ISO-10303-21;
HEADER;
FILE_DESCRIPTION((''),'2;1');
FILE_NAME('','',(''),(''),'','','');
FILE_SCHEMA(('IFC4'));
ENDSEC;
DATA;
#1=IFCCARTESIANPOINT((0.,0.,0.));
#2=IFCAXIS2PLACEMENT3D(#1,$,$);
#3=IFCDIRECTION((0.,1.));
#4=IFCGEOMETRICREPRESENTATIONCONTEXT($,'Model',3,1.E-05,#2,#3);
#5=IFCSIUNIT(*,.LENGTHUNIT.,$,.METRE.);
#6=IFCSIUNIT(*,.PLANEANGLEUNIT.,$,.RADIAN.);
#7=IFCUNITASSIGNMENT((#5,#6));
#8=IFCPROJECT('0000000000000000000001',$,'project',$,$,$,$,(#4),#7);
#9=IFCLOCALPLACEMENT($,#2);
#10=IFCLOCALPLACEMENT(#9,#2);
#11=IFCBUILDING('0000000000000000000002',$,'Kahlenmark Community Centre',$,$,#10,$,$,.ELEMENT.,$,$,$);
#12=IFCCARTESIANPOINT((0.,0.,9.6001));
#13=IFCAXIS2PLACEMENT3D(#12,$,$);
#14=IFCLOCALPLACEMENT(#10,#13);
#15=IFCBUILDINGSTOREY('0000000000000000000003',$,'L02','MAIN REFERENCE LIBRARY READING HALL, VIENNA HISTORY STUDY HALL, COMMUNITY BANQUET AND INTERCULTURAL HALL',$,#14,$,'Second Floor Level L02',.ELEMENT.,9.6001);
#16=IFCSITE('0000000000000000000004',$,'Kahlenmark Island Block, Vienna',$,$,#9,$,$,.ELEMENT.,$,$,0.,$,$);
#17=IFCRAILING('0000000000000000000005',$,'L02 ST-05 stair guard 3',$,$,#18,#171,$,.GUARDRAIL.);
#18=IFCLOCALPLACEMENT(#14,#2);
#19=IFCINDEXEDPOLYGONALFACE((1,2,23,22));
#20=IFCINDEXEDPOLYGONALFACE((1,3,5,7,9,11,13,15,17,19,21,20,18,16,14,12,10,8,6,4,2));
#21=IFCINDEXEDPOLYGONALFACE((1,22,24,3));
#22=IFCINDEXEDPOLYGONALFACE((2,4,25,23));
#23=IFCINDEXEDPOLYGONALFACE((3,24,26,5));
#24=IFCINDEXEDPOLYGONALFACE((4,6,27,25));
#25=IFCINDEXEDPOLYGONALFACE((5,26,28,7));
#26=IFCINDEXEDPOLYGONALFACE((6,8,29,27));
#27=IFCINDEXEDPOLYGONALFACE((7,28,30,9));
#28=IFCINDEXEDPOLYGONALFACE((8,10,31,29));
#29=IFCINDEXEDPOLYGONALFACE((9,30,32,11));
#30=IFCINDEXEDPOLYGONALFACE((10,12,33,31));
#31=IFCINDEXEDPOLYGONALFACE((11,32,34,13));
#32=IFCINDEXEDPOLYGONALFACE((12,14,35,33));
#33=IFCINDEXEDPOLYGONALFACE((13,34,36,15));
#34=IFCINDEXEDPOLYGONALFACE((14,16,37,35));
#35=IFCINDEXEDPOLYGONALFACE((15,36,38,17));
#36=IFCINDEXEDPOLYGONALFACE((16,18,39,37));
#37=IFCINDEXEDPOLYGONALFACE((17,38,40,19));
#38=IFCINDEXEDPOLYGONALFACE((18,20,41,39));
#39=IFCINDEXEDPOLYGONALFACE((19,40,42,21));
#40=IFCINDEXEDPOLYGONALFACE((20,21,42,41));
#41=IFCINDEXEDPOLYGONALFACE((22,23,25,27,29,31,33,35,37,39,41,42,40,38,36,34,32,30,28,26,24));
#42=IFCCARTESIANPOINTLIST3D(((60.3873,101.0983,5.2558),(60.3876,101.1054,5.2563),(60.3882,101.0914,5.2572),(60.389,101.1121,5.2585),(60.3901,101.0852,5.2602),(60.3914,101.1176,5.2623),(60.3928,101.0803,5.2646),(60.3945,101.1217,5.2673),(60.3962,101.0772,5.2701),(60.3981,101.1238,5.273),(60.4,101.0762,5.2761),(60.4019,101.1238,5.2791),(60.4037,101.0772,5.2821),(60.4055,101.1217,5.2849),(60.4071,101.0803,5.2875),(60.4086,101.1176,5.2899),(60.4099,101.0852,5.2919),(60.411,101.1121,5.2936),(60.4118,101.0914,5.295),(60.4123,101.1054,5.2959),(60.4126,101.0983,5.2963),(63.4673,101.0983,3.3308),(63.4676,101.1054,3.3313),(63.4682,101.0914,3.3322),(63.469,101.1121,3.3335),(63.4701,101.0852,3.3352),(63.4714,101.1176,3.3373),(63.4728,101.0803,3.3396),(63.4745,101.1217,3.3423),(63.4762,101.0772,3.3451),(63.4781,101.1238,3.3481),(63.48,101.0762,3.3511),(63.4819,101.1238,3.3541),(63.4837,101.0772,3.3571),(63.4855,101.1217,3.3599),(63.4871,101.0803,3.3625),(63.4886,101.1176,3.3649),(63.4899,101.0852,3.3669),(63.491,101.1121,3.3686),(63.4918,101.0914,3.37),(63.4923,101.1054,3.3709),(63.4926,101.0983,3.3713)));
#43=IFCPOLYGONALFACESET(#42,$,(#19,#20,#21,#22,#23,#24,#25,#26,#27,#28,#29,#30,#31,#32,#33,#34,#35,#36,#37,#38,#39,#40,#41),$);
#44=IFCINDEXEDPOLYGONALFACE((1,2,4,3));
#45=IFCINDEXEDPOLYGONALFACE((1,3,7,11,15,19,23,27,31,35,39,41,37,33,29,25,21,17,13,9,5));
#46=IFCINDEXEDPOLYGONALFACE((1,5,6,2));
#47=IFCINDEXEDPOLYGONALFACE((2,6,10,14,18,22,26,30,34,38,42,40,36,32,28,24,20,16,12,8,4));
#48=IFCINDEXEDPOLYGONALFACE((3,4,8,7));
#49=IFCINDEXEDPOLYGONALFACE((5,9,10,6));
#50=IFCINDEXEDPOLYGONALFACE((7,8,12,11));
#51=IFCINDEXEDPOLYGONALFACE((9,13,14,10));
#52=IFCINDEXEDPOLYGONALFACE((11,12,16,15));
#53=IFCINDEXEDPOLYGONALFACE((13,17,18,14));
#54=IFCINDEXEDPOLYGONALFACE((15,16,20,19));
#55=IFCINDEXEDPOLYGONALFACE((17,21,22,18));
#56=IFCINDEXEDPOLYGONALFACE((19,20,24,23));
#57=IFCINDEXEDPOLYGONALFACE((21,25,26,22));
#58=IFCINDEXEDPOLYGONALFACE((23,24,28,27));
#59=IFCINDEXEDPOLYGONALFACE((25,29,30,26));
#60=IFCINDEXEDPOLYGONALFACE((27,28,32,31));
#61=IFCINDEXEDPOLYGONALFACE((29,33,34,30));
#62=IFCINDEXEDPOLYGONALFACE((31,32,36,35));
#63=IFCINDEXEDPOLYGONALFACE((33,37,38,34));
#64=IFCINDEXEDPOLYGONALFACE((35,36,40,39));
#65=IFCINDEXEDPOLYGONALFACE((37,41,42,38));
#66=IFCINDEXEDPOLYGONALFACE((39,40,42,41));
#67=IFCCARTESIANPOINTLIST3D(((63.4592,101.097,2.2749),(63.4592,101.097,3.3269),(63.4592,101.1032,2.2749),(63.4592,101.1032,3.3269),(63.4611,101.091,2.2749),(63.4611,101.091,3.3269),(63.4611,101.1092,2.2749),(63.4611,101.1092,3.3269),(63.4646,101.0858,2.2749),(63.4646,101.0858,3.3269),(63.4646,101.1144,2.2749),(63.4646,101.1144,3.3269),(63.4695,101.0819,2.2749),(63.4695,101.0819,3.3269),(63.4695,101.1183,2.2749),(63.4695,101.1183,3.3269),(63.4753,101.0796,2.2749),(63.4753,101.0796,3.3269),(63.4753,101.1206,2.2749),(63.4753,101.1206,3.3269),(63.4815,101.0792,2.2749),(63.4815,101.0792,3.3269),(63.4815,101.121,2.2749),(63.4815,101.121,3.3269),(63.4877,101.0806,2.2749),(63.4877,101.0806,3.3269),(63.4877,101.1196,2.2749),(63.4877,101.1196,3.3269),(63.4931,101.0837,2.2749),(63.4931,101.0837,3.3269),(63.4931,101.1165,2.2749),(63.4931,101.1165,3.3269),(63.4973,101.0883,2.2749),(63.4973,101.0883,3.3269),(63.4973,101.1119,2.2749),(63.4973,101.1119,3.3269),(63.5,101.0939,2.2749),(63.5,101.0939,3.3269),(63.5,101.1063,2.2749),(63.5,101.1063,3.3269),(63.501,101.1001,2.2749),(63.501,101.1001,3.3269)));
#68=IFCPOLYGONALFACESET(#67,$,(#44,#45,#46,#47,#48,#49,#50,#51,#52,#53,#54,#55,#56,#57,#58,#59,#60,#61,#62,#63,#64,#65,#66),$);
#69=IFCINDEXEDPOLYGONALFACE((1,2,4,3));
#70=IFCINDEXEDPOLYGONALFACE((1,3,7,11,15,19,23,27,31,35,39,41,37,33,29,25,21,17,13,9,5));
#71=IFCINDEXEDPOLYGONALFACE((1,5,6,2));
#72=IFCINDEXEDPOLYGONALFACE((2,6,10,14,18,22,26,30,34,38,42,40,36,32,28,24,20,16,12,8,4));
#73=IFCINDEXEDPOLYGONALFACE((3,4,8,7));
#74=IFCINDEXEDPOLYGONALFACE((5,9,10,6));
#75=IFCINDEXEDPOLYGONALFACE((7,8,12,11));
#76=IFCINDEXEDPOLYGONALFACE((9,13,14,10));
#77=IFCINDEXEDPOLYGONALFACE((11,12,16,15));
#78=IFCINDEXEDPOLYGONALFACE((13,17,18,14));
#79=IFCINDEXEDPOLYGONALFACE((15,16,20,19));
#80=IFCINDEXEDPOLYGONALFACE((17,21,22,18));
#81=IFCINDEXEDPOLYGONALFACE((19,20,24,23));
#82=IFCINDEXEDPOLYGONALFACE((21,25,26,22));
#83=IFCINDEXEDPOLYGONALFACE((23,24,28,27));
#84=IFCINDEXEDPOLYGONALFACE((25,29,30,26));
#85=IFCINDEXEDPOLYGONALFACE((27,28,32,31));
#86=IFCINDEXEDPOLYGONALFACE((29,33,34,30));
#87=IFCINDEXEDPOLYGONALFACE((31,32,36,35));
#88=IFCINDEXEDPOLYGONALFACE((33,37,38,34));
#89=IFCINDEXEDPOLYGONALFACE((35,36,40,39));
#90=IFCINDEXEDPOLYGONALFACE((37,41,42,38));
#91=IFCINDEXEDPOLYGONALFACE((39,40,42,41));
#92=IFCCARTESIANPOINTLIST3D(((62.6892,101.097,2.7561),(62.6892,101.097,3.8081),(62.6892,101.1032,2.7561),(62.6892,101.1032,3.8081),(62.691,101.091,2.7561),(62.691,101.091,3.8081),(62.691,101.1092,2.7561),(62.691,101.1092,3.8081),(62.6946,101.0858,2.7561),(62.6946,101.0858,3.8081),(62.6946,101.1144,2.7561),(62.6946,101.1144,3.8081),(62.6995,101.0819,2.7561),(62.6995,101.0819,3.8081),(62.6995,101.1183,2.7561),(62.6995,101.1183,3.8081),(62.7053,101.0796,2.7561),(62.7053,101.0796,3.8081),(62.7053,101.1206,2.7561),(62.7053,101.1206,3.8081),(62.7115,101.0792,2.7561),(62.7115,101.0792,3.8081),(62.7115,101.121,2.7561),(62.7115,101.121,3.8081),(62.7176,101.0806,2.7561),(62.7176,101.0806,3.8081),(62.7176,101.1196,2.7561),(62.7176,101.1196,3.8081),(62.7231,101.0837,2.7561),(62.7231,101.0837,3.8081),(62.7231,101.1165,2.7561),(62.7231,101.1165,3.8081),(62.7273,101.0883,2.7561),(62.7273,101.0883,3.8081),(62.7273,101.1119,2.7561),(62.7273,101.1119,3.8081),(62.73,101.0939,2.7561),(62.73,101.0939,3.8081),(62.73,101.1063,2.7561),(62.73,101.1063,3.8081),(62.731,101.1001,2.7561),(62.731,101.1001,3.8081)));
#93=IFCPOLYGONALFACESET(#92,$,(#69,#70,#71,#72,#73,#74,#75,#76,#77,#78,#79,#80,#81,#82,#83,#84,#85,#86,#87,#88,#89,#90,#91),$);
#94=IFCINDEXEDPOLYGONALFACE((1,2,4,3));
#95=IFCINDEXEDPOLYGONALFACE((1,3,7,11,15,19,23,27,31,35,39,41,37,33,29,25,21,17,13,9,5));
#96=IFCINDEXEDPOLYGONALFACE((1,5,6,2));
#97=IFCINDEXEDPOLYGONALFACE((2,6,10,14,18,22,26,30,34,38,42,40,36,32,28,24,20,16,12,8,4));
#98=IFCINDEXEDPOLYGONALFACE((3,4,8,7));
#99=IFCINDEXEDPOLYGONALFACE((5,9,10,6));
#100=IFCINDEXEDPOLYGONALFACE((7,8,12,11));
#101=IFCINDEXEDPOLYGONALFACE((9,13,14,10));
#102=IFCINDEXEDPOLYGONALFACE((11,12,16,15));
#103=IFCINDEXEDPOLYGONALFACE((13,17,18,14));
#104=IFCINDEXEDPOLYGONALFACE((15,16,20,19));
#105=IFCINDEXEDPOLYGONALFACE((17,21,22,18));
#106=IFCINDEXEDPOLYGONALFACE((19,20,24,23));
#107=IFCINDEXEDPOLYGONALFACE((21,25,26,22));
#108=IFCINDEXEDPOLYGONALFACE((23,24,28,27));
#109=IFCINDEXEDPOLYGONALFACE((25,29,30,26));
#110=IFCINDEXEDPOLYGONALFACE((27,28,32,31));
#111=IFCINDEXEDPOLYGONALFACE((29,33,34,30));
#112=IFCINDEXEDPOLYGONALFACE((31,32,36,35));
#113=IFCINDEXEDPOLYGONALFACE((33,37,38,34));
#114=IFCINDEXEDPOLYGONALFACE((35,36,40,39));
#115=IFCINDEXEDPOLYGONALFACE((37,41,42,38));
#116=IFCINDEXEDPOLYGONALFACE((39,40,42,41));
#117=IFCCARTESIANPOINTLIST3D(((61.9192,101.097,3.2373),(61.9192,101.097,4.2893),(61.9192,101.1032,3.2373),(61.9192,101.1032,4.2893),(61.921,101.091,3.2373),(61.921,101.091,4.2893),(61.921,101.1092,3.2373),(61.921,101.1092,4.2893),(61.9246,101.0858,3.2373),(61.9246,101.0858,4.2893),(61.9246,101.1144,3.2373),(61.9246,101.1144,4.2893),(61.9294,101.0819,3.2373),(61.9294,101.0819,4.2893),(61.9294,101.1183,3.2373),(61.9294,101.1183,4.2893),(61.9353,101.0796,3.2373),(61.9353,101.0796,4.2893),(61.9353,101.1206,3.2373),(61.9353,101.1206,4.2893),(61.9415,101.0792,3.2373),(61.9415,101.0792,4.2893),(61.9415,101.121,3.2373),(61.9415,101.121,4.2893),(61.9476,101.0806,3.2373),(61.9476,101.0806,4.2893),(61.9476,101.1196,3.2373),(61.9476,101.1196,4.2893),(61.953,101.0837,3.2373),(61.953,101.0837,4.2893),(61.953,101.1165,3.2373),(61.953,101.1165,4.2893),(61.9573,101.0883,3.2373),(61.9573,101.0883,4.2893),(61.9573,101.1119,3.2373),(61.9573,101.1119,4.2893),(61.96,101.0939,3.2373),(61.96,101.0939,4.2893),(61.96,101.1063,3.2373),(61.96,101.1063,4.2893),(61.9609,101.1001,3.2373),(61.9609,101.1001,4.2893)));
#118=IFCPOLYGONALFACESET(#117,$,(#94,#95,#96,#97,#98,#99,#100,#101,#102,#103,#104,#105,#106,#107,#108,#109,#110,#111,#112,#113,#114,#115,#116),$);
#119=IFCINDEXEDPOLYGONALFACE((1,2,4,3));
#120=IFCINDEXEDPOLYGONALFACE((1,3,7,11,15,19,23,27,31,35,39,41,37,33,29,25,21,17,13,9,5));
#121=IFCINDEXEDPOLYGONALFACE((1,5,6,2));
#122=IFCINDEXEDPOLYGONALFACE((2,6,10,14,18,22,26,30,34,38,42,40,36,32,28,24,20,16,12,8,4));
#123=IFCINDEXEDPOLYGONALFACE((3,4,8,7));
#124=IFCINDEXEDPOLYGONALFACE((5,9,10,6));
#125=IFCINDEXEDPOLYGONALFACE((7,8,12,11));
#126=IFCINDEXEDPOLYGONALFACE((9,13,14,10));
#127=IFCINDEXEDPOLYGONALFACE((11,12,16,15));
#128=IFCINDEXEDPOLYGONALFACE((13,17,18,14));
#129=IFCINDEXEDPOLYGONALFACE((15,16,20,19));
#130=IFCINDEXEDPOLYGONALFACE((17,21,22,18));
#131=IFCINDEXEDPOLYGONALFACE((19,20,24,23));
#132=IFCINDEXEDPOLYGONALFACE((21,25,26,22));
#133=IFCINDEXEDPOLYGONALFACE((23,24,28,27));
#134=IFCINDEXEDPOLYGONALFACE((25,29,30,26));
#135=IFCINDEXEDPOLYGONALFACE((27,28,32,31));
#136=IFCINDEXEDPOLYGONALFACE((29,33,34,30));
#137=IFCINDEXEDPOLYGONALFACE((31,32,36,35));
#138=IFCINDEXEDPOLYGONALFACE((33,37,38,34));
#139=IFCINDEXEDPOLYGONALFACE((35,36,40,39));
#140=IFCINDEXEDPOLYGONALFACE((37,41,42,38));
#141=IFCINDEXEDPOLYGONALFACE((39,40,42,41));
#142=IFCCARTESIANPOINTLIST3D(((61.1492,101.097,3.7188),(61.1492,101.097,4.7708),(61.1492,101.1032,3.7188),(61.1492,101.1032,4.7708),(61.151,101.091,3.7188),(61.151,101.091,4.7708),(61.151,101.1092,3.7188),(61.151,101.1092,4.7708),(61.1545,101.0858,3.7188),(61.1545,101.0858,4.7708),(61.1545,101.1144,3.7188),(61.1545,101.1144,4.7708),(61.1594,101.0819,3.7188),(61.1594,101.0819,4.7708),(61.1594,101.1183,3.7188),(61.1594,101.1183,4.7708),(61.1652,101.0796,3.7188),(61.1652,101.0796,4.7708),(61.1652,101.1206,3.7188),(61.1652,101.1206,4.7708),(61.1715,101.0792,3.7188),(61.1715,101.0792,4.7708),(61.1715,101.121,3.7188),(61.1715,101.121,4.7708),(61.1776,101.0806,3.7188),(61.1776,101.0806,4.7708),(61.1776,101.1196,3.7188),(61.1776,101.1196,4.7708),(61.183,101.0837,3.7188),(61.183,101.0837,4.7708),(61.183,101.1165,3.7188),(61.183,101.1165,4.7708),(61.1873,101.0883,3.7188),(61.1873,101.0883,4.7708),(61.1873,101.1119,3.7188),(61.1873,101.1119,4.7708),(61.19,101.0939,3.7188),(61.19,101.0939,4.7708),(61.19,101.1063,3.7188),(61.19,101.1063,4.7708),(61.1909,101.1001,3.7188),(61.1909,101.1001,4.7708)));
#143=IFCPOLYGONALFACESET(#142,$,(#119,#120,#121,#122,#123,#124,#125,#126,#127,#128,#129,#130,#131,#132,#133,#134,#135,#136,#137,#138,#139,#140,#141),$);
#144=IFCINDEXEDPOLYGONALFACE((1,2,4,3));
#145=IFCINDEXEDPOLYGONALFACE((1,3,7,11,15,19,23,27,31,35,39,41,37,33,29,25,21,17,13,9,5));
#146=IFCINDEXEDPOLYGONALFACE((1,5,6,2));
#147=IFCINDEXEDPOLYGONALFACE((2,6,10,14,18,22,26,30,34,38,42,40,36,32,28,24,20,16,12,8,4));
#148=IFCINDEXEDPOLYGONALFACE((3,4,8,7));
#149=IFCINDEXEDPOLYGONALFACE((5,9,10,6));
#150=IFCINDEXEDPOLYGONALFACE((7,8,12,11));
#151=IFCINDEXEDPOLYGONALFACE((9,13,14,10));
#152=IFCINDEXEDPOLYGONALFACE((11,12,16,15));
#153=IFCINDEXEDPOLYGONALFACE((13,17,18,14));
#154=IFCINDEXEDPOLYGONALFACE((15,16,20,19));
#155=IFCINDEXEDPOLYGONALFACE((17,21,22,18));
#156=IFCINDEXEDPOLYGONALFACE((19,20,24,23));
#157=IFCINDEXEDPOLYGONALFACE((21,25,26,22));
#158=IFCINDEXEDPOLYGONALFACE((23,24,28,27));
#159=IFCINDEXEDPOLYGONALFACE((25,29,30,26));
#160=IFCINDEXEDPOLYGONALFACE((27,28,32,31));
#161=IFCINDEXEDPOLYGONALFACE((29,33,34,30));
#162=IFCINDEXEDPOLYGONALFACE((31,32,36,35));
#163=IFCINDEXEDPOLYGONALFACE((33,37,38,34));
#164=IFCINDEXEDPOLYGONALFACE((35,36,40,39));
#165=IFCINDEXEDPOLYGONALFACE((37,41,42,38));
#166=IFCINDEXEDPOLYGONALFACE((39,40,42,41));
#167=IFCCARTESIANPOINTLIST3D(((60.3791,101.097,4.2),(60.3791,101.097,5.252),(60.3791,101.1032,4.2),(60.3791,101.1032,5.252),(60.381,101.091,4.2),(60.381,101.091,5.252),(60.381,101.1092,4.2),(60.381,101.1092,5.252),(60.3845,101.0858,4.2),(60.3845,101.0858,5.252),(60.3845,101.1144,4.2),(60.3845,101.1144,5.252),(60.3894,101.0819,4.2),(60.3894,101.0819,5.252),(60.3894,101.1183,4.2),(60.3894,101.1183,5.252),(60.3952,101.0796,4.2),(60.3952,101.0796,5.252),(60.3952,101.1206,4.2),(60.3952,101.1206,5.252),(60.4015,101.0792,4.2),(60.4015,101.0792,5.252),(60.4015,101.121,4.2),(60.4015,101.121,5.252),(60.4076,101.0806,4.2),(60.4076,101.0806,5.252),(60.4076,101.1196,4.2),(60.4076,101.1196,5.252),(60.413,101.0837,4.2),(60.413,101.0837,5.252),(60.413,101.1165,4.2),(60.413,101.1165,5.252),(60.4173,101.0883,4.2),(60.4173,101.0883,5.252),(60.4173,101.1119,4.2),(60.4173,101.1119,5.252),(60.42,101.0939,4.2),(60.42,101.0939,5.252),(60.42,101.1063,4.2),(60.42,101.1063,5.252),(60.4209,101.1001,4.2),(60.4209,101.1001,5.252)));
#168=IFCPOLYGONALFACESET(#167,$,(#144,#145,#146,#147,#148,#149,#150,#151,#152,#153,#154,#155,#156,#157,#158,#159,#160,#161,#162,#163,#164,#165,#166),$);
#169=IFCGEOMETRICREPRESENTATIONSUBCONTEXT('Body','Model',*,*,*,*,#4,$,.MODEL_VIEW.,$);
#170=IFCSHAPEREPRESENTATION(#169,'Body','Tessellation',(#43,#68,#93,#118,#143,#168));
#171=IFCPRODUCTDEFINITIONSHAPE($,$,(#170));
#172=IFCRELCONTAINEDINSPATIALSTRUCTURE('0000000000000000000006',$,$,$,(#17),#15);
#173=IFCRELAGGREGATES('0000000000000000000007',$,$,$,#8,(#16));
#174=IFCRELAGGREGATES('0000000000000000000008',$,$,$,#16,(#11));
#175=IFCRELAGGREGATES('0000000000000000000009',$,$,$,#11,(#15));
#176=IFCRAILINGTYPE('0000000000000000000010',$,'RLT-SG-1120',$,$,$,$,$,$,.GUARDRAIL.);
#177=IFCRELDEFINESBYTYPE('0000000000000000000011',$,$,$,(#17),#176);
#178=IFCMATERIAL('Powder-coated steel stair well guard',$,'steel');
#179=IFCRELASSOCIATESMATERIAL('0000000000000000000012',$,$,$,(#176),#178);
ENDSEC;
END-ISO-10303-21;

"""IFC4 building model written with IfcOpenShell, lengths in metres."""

from ifc_helpers import new_model, si_unit, direction, frame, origin, origin_2d, place, context, subcontext, project, spatial, circle, extrude, material, type_object, element, save


model = new_model("IFC4")

# Units and contexts
model_context = context("Model", 3, precision=1e-05, world=origin(), true_north=direction((0.0, 1.0)))
body_context = subcontext(model_context, "Body", "Model", "MODEL_VIEW")
ifc_project = project(units=[si_unit("LENGTHUNIT", "METRE"), si_unit("PLANEANGLEUNIT", "RADIAN")], contexts=[model_context])

# Site, building, storey
site_placement = place(None, origin())
site = spatial("IfcSite", under=ifc_project, at=site_placement, Name="Kahlenmark Island Block, Vienna", CompositionType="ELEMENT", RefElevation=0.0)
building_placement = place(site_placement, origin())
building = spatial("IfcBuilding", under=site, at=building_placement, Name="Kahlenmark Community Centre", CompositionType="ELEMENT")
storey_placement = place(building_placement, frame((0.0, 0.0, 9.6001)))
storey = spatial("IfcBuildingStorey", under=building, at=storey_placement, Name="L02", Description="MAIN REFERENCE LIBRARY READING HALL, VIENNA HISTORY STUDY HALL, COMMUNITY BANQUET AND INTERCULTURAL HALL", LongName="Second Floor Level L02", CompositionType="ELEMENT", Elevation=9.6001)

# Railing
ifc_material_1 = material(Name="Powder-coated steel stair well guard", Category="steel")
railing_type_1 = type_object("IfcRailingType", Name="RLT-SG-1120", PredefinedType="GUARDRAIL", material=ifc_material_1)
railing_1_placement = place(storey_placement, frame((63.48, 101.1001, 2.2749)))
element("IfcRailing", 1, at=railing_1_placement, inside=storey, type_object=railing_type_1, Name="L02 ST-05 stair guard 3", PredefinedType="GUARDRAIL", context=body_context, shape_type="SweptSolid", body=[
    extrude(circle(Radius=0.0239, at=origin_2d()), frame((0.0, 0.0, 1.0762), z_axis=(-0.847998, 0.0, 0.529999), x_axis=(0.0, -1.0, 0.0)), (0.0, 0.0, 1.0), 3.6321),
    extrude(circle(Radius=0.021, at=origin_2d()), origin(), (0.0, 0.0, 1.0), 1.052),
    extrude(circle(Radius=0.021, at=origin_2d()), frame((-0.77, 0.0, 0.4812)), (0.0, 0.0, 1.0), 1.052),
    extrude(circle(Radius=0.021, at=origin_2d()), frame((-1.54, 0.0, 0.9624)), (0.0, 0.0, 1.0), 1.052),
    extrude(circle(Radius=0.021, at=origin_2d()), frame((-2.3101, 0.0, 1.4438)), (0.0, 0.0, 1.0), 1.052),
    extrude(circle(Radius=0.021, at=origin_2d()), frame((-3.0801, 0.0, 1.925)), (0.0, 0.0, 1.0), 1.052),
])

save(model, "model.ifc")
